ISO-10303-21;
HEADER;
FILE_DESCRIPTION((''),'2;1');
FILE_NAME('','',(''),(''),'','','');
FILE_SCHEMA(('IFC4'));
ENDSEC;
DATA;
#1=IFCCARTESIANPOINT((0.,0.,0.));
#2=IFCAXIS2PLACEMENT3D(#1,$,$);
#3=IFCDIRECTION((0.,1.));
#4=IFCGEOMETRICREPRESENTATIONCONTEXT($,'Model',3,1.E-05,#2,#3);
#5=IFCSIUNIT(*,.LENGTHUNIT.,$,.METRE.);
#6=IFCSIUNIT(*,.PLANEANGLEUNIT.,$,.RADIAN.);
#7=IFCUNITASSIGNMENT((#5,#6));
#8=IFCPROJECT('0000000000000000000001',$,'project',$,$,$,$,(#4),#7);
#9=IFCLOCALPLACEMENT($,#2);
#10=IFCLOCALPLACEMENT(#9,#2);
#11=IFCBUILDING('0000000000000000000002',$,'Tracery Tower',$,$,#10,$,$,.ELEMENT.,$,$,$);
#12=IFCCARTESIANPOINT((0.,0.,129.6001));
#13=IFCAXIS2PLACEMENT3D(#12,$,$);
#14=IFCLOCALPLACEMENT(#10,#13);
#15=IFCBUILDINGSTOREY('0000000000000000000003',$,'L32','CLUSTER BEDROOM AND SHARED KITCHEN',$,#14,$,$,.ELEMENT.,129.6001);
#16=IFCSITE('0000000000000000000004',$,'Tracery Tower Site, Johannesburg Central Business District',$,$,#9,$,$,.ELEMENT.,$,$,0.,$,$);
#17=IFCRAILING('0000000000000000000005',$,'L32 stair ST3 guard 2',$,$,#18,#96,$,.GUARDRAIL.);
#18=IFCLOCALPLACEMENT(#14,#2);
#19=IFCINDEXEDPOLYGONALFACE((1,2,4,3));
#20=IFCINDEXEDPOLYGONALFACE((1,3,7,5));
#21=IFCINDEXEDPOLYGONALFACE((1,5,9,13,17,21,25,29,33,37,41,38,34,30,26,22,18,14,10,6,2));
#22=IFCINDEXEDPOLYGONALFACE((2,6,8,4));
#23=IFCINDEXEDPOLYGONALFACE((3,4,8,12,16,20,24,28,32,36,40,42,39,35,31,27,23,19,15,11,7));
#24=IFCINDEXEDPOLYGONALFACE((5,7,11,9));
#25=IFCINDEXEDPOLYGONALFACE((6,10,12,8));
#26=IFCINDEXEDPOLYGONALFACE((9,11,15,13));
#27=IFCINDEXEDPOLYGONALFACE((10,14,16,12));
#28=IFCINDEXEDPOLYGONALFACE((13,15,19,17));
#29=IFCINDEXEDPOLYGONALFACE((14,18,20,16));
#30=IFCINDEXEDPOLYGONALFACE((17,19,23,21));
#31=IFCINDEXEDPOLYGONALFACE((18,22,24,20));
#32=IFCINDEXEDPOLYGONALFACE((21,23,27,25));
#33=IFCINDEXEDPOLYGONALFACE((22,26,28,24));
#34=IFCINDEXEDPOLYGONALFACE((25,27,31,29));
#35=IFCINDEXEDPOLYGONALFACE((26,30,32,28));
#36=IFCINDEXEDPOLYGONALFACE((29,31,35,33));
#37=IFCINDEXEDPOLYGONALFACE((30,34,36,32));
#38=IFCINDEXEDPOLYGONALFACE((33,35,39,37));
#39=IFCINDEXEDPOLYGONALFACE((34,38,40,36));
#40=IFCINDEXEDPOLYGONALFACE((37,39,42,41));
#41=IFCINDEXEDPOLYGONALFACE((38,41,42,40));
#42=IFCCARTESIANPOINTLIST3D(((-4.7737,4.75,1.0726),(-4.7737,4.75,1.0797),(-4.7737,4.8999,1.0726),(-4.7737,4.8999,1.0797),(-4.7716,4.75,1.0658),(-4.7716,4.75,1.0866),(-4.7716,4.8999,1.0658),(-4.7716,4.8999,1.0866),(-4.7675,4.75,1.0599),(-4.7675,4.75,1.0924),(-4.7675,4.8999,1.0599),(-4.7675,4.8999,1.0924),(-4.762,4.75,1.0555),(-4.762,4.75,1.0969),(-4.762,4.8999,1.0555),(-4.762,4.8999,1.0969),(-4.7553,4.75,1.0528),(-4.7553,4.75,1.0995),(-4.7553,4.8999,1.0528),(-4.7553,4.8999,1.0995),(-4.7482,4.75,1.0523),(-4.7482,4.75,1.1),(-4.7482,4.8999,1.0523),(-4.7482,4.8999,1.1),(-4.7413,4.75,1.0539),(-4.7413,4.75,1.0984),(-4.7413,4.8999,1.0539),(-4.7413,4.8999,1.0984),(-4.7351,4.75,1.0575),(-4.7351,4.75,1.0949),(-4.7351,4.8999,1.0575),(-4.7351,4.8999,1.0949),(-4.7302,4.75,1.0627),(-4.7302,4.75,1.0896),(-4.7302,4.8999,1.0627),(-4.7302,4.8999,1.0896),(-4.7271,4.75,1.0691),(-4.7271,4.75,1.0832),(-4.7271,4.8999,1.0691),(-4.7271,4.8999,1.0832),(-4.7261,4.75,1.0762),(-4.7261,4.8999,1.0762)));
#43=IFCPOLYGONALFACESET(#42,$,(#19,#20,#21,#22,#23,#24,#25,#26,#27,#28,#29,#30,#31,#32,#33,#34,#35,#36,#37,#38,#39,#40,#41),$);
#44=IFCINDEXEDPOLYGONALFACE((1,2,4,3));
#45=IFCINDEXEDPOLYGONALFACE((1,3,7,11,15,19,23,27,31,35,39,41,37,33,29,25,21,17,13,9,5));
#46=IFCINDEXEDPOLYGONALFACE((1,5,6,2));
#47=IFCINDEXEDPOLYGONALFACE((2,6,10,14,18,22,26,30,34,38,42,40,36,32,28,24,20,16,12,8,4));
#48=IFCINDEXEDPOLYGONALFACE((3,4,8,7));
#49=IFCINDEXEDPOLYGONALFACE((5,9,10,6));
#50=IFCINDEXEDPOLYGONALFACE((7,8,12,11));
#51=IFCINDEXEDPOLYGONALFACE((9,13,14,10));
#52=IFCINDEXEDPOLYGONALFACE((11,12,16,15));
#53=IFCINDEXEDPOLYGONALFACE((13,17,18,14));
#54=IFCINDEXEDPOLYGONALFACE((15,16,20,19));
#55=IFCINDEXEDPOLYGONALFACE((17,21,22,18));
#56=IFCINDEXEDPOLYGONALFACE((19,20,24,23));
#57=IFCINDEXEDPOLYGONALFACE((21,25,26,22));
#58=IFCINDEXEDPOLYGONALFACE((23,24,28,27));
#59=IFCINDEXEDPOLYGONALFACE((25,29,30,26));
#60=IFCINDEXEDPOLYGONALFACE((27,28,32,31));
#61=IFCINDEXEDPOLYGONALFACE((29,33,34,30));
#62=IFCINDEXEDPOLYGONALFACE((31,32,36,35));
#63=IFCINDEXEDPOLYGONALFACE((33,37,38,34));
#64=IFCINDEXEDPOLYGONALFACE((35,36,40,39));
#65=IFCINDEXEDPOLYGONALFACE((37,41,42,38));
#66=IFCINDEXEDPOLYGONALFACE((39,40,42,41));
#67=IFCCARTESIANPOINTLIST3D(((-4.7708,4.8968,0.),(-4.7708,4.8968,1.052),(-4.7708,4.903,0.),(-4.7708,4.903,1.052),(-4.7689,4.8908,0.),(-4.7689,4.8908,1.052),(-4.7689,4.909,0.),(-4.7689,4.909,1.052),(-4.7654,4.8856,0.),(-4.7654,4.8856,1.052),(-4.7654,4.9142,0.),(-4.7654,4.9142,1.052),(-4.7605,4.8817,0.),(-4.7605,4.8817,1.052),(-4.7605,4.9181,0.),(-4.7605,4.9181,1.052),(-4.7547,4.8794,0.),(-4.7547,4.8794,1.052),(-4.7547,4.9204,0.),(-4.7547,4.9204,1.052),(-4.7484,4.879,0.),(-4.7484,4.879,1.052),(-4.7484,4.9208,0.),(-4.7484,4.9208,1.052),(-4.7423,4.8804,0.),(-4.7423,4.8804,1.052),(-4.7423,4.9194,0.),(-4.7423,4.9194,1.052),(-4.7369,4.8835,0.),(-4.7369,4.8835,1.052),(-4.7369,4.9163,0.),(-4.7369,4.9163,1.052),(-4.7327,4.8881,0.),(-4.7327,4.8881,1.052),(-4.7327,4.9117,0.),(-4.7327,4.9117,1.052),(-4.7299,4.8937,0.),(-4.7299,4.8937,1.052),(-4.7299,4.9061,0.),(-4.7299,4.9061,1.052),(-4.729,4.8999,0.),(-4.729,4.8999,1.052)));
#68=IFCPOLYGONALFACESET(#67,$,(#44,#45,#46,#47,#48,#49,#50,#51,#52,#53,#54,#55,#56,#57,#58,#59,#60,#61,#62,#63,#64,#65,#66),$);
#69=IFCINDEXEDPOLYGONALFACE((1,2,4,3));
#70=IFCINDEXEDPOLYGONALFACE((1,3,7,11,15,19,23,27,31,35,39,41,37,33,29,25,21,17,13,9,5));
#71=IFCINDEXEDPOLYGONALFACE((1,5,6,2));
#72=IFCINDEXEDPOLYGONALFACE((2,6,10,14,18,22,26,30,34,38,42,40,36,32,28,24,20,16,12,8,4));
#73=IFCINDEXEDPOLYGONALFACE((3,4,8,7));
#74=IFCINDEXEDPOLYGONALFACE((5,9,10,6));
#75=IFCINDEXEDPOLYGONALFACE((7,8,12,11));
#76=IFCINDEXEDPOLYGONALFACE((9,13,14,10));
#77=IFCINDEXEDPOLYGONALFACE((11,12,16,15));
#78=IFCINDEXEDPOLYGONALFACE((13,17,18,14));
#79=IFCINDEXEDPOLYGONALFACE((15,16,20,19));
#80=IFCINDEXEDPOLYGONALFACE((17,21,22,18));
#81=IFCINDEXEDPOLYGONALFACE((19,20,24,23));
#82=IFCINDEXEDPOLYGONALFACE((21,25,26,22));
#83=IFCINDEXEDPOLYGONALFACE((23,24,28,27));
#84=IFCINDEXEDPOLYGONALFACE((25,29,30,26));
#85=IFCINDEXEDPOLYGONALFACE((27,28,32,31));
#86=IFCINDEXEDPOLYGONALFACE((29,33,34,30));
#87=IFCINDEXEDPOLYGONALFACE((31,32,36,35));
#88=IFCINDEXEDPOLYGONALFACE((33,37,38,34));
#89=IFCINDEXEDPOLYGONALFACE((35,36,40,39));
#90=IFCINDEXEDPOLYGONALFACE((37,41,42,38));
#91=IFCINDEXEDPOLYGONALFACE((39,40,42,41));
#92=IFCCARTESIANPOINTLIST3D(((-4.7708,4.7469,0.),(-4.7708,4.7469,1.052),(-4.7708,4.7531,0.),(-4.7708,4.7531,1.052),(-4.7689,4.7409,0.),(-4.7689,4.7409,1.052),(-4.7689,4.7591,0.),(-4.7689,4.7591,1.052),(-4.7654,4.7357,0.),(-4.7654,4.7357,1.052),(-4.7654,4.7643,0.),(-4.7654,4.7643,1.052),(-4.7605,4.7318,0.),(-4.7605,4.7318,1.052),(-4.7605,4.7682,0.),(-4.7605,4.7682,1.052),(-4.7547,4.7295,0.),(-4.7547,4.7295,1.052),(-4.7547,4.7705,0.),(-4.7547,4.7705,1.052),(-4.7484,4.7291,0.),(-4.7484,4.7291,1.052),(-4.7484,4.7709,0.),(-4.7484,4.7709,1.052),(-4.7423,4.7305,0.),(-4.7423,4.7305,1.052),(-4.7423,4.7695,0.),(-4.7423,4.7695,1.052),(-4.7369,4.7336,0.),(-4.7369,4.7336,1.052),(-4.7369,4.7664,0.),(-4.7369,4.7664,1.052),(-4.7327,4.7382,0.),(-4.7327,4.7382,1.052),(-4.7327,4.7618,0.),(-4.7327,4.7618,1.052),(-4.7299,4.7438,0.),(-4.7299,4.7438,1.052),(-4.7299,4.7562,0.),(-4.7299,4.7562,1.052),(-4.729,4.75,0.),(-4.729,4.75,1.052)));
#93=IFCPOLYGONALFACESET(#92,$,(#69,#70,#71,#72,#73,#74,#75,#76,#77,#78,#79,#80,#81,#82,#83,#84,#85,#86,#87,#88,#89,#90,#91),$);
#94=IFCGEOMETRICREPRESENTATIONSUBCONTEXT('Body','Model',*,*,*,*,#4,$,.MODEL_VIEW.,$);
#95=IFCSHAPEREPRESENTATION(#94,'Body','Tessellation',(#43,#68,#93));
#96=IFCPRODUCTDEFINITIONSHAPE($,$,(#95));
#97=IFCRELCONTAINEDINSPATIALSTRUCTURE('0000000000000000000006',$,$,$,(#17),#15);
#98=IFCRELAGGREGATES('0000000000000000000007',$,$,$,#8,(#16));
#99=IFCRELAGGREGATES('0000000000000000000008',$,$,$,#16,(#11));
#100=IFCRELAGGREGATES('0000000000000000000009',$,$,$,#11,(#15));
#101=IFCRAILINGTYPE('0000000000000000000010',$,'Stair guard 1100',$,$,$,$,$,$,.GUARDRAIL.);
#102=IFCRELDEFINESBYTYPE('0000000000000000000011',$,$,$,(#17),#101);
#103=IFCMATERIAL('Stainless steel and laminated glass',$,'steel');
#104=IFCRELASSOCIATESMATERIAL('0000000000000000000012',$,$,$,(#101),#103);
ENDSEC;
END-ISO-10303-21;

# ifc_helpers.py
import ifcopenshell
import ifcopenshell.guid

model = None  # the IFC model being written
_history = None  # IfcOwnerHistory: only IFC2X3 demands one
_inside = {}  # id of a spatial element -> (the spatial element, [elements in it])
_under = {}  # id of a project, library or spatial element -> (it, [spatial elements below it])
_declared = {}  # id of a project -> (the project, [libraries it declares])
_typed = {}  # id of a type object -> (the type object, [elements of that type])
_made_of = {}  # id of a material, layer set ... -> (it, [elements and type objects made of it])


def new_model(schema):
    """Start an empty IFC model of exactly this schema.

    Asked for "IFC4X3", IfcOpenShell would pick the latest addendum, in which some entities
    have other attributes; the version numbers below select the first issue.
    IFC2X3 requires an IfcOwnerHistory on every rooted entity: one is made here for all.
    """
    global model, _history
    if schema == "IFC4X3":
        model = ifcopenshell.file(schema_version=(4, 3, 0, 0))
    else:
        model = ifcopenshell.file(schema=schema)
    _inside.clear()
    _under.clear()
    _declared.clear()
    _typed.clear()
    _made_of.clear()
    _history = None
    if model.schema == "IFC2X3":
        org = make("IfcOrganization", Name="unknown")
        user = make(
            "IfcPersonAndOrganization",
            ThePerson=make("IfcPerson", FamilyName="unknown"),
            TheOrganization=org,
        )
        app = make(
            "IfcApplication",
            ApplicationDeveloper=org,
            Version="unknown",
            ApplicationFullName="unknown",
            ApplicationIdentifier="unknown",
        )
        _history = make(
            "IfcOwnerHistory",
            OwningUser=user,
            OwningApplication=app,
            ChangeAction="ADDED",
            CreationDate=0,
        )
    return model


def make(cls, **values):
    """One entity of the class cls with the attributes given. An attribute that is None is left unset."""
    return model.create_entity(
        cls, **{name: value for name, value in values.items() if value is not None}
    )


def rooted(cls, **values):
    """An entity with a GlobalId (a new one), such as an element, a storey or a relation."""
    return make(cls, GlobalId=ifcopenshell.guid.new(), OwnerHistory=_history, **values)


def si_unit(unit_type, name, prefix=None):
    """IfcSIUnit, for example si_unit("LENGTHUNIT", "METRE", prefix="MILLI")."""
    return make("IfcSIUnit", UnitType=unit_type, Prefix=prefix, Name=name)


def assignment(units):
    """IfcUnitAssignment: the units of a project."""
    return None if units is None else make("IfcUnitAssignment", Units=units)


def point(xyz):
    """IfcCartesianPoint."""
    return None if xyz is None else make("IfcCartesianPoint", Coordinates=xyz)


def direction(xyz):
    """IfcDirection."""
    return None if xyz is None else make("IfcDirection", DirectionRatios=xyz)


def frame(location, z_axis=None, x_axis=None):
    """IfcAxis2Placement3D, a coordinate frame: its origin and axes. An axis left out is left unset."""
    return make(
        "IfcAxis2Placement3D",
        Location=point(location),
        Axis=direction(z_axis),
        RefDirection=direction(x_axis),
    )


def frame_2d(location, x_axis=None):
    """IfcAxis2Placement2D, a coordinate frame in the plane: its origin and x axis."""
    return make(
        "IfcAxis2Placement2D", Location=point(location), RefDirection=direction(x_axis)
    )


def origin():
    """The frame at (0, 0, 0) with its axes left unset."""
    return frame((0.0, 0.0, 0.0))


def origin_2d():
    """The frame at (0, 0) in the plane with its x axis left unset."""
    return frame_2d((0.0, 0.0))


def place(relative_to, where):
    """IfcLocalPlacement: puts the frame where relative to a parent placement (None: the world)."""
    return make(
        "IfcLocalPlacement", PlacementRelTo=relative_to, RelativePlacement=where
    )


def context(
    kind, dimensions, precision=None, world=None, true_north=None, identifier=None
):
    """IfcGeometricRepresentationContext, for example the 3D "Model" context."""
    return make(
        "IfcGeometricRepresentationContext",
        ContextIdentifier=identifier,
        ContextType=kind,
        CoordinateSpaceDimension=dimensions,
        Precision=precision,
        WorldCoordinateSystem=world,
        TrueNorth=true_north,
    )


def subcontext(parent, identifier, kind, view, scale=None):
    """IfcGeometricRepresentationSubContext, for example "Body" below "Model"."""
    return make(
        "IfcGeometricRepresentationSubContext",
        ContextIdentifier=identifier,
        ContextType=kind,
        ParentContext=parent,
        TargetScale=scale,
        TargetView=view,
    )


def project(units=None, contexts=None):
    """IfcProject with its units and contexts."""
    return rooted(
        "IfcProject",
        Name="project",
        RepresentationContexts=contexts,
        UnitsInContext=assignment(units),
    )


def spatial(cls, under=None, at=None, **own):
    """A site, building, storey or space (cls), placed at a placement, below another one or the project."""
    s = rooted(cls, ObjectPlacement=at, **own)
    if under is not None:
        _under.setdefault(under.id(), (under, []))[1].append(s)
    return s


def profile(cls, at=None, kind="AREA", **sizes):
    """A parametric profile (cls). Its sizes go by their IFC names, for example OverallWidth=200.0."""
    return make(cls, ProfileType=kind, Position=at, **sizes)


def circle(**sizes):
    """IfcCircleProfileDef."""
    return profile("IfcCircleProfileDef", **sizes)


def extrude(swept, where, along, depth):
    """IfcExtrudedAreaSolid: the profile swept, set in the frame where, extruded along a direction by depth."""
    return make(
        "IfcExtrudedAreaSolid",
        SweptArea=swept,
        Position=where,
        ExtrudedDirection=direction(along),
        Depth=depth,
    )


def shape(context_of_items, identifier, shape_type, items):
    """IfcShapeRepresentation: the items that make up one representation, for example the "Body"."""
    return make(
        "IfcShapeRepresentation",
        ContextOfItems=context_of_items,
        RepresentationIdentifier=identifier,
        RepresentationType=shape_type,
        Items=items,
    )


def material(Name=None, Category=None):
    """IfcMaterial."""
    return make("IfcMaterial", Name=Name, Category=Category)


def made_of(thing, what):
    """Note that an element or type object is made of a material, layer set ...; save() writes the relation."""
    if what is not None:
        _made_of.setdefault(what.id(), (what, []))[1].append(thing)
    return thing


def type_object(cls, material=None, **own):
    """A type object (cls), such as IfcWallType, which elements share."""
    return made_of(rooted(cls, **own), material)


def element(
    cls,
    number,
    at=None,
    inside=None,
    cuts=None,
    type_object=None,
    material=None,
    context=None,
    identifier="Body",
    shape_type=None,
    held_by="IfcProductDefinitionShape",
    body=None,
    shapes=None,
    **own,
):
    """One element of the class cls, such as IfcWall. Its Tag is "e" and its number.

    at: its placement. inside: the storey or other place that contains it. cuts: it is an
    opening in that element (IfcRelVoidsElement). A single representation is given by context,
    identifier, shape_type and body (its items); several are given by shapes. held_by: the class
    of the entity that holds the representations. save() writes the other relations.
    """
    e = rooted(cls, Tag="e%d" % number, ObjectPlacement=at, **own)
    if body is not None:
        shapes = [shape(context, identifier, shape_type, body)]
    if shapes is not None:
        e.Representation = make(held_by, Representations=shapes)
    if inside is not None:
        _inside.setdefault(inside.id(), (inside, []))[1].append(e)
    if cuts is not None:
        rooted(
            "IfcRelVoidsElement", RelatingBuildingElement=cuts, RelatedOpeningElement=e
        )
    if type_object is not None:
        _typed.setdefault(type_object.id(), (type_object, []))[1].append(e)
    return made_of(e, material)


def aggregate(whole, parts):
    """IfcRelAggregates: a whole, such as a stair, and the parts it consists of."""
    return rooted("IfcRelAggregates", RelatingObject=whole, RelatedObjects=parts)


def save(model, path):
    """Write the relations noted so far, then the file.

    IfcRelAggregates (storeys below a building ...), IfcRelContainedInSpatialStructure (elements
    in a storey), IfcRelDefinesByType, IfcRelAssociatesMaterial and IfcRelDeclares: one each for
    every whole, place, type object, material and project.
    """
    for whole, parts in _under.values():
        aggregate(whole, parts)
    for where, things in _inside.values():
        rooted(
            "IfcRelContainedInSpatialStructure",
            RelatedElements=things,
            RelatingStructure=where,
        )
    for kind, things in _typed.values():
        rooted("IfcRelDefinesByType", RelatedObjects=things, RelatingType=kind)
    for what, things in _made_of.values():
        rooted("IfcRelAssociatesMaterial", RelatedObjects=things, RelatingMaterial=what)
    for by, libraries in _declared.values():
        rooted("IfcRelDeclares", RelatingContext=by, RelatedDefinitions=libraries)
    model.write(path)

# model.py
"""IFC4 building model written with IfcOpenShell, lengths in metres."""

from ifc_helpers import new_model, si_unit, direction, frame, origin, origin_2d, place, context, subcontext, project, spatial, circle, extrude, material, type_object, element, save


model = new_model("IFC4")

# Units and contexts
model_context = context("Model", 3, precision=1e-05, world=origin(), true_north=direction((0.0, 1.0)))
body_context = subcontext(model_context, "Body", "Model", "MODEL_VIEW")
ifc_project = project(units=[si_unit("LENGTHUNIT", "METRE"), si_unit("PLANEANGLEUNIT", "RADIAN")], contexts=[model_context])

# Site, building, storey
site_placement = place(None, origin())
site = spatial("IfcSite", under=ifc_project, at=site_placement, Name="Tracery Tower Site, Johannesburg Central Business District", CompositionType="ELEMENT", RefElevation=0.0)
building_placement = place(site_placement, origin())
building = spatial("IfcBuilding", under=site, at=building_placement, Name="Tracery Tower", CompositionType="ELEMENT")
storey_placement = place(building_placement, frame((0.0, 0.0, 129.6001)))
storey = spatial("IfcBuildingStorey", under=building, at=storey_placement, Name="L32", Description="CLUSTER BEDROOM AND SHARED KITCHEN", CompositionType="ELEMENT", Elevation=129.6001)

# Railing
ifc_material_1 = material(Name="Stainless steel and laminated glass", Category="steel")
railing_type_1 = type_object("IfcRailingType", Name="Stair guard 1100", PredefinedType="GUARDRAIL", material=ifc_material_1)
railing_1_placement = place(storey_placement, frame((-4.75, 4.8999, 0.0)))
element("IfcRailing", 1, at=railing_1_placement, inside=storey, type_object=railing_type_1, Name="L32 stair ST3 guard 2", PredefinedType="GUARDRAIL", context=body_context, shape_type="SweptSolid", body=[
    extrude(circle(Radius=0.0239, at=origin_2d()), frame((0.0, 0.0, 1.0762), z_axis=(0.0, -1.0, 0.0), x_axis=(1.0, 0.0, 0.0)), (0.0, 0.0, 1.0), 0.1499),
    extrude(circle(Radius=0.021, at=origin_2d()), origin(), (0.0, 0.0, 1.0), 1.052),
    extrude(circle(Radius=0.021, at=origin_2d()), frame((0.0, -0.1499, 0.0)), (0.0, 0.0, 1.0), 1.052),
])

save(model, "model.ifc")
